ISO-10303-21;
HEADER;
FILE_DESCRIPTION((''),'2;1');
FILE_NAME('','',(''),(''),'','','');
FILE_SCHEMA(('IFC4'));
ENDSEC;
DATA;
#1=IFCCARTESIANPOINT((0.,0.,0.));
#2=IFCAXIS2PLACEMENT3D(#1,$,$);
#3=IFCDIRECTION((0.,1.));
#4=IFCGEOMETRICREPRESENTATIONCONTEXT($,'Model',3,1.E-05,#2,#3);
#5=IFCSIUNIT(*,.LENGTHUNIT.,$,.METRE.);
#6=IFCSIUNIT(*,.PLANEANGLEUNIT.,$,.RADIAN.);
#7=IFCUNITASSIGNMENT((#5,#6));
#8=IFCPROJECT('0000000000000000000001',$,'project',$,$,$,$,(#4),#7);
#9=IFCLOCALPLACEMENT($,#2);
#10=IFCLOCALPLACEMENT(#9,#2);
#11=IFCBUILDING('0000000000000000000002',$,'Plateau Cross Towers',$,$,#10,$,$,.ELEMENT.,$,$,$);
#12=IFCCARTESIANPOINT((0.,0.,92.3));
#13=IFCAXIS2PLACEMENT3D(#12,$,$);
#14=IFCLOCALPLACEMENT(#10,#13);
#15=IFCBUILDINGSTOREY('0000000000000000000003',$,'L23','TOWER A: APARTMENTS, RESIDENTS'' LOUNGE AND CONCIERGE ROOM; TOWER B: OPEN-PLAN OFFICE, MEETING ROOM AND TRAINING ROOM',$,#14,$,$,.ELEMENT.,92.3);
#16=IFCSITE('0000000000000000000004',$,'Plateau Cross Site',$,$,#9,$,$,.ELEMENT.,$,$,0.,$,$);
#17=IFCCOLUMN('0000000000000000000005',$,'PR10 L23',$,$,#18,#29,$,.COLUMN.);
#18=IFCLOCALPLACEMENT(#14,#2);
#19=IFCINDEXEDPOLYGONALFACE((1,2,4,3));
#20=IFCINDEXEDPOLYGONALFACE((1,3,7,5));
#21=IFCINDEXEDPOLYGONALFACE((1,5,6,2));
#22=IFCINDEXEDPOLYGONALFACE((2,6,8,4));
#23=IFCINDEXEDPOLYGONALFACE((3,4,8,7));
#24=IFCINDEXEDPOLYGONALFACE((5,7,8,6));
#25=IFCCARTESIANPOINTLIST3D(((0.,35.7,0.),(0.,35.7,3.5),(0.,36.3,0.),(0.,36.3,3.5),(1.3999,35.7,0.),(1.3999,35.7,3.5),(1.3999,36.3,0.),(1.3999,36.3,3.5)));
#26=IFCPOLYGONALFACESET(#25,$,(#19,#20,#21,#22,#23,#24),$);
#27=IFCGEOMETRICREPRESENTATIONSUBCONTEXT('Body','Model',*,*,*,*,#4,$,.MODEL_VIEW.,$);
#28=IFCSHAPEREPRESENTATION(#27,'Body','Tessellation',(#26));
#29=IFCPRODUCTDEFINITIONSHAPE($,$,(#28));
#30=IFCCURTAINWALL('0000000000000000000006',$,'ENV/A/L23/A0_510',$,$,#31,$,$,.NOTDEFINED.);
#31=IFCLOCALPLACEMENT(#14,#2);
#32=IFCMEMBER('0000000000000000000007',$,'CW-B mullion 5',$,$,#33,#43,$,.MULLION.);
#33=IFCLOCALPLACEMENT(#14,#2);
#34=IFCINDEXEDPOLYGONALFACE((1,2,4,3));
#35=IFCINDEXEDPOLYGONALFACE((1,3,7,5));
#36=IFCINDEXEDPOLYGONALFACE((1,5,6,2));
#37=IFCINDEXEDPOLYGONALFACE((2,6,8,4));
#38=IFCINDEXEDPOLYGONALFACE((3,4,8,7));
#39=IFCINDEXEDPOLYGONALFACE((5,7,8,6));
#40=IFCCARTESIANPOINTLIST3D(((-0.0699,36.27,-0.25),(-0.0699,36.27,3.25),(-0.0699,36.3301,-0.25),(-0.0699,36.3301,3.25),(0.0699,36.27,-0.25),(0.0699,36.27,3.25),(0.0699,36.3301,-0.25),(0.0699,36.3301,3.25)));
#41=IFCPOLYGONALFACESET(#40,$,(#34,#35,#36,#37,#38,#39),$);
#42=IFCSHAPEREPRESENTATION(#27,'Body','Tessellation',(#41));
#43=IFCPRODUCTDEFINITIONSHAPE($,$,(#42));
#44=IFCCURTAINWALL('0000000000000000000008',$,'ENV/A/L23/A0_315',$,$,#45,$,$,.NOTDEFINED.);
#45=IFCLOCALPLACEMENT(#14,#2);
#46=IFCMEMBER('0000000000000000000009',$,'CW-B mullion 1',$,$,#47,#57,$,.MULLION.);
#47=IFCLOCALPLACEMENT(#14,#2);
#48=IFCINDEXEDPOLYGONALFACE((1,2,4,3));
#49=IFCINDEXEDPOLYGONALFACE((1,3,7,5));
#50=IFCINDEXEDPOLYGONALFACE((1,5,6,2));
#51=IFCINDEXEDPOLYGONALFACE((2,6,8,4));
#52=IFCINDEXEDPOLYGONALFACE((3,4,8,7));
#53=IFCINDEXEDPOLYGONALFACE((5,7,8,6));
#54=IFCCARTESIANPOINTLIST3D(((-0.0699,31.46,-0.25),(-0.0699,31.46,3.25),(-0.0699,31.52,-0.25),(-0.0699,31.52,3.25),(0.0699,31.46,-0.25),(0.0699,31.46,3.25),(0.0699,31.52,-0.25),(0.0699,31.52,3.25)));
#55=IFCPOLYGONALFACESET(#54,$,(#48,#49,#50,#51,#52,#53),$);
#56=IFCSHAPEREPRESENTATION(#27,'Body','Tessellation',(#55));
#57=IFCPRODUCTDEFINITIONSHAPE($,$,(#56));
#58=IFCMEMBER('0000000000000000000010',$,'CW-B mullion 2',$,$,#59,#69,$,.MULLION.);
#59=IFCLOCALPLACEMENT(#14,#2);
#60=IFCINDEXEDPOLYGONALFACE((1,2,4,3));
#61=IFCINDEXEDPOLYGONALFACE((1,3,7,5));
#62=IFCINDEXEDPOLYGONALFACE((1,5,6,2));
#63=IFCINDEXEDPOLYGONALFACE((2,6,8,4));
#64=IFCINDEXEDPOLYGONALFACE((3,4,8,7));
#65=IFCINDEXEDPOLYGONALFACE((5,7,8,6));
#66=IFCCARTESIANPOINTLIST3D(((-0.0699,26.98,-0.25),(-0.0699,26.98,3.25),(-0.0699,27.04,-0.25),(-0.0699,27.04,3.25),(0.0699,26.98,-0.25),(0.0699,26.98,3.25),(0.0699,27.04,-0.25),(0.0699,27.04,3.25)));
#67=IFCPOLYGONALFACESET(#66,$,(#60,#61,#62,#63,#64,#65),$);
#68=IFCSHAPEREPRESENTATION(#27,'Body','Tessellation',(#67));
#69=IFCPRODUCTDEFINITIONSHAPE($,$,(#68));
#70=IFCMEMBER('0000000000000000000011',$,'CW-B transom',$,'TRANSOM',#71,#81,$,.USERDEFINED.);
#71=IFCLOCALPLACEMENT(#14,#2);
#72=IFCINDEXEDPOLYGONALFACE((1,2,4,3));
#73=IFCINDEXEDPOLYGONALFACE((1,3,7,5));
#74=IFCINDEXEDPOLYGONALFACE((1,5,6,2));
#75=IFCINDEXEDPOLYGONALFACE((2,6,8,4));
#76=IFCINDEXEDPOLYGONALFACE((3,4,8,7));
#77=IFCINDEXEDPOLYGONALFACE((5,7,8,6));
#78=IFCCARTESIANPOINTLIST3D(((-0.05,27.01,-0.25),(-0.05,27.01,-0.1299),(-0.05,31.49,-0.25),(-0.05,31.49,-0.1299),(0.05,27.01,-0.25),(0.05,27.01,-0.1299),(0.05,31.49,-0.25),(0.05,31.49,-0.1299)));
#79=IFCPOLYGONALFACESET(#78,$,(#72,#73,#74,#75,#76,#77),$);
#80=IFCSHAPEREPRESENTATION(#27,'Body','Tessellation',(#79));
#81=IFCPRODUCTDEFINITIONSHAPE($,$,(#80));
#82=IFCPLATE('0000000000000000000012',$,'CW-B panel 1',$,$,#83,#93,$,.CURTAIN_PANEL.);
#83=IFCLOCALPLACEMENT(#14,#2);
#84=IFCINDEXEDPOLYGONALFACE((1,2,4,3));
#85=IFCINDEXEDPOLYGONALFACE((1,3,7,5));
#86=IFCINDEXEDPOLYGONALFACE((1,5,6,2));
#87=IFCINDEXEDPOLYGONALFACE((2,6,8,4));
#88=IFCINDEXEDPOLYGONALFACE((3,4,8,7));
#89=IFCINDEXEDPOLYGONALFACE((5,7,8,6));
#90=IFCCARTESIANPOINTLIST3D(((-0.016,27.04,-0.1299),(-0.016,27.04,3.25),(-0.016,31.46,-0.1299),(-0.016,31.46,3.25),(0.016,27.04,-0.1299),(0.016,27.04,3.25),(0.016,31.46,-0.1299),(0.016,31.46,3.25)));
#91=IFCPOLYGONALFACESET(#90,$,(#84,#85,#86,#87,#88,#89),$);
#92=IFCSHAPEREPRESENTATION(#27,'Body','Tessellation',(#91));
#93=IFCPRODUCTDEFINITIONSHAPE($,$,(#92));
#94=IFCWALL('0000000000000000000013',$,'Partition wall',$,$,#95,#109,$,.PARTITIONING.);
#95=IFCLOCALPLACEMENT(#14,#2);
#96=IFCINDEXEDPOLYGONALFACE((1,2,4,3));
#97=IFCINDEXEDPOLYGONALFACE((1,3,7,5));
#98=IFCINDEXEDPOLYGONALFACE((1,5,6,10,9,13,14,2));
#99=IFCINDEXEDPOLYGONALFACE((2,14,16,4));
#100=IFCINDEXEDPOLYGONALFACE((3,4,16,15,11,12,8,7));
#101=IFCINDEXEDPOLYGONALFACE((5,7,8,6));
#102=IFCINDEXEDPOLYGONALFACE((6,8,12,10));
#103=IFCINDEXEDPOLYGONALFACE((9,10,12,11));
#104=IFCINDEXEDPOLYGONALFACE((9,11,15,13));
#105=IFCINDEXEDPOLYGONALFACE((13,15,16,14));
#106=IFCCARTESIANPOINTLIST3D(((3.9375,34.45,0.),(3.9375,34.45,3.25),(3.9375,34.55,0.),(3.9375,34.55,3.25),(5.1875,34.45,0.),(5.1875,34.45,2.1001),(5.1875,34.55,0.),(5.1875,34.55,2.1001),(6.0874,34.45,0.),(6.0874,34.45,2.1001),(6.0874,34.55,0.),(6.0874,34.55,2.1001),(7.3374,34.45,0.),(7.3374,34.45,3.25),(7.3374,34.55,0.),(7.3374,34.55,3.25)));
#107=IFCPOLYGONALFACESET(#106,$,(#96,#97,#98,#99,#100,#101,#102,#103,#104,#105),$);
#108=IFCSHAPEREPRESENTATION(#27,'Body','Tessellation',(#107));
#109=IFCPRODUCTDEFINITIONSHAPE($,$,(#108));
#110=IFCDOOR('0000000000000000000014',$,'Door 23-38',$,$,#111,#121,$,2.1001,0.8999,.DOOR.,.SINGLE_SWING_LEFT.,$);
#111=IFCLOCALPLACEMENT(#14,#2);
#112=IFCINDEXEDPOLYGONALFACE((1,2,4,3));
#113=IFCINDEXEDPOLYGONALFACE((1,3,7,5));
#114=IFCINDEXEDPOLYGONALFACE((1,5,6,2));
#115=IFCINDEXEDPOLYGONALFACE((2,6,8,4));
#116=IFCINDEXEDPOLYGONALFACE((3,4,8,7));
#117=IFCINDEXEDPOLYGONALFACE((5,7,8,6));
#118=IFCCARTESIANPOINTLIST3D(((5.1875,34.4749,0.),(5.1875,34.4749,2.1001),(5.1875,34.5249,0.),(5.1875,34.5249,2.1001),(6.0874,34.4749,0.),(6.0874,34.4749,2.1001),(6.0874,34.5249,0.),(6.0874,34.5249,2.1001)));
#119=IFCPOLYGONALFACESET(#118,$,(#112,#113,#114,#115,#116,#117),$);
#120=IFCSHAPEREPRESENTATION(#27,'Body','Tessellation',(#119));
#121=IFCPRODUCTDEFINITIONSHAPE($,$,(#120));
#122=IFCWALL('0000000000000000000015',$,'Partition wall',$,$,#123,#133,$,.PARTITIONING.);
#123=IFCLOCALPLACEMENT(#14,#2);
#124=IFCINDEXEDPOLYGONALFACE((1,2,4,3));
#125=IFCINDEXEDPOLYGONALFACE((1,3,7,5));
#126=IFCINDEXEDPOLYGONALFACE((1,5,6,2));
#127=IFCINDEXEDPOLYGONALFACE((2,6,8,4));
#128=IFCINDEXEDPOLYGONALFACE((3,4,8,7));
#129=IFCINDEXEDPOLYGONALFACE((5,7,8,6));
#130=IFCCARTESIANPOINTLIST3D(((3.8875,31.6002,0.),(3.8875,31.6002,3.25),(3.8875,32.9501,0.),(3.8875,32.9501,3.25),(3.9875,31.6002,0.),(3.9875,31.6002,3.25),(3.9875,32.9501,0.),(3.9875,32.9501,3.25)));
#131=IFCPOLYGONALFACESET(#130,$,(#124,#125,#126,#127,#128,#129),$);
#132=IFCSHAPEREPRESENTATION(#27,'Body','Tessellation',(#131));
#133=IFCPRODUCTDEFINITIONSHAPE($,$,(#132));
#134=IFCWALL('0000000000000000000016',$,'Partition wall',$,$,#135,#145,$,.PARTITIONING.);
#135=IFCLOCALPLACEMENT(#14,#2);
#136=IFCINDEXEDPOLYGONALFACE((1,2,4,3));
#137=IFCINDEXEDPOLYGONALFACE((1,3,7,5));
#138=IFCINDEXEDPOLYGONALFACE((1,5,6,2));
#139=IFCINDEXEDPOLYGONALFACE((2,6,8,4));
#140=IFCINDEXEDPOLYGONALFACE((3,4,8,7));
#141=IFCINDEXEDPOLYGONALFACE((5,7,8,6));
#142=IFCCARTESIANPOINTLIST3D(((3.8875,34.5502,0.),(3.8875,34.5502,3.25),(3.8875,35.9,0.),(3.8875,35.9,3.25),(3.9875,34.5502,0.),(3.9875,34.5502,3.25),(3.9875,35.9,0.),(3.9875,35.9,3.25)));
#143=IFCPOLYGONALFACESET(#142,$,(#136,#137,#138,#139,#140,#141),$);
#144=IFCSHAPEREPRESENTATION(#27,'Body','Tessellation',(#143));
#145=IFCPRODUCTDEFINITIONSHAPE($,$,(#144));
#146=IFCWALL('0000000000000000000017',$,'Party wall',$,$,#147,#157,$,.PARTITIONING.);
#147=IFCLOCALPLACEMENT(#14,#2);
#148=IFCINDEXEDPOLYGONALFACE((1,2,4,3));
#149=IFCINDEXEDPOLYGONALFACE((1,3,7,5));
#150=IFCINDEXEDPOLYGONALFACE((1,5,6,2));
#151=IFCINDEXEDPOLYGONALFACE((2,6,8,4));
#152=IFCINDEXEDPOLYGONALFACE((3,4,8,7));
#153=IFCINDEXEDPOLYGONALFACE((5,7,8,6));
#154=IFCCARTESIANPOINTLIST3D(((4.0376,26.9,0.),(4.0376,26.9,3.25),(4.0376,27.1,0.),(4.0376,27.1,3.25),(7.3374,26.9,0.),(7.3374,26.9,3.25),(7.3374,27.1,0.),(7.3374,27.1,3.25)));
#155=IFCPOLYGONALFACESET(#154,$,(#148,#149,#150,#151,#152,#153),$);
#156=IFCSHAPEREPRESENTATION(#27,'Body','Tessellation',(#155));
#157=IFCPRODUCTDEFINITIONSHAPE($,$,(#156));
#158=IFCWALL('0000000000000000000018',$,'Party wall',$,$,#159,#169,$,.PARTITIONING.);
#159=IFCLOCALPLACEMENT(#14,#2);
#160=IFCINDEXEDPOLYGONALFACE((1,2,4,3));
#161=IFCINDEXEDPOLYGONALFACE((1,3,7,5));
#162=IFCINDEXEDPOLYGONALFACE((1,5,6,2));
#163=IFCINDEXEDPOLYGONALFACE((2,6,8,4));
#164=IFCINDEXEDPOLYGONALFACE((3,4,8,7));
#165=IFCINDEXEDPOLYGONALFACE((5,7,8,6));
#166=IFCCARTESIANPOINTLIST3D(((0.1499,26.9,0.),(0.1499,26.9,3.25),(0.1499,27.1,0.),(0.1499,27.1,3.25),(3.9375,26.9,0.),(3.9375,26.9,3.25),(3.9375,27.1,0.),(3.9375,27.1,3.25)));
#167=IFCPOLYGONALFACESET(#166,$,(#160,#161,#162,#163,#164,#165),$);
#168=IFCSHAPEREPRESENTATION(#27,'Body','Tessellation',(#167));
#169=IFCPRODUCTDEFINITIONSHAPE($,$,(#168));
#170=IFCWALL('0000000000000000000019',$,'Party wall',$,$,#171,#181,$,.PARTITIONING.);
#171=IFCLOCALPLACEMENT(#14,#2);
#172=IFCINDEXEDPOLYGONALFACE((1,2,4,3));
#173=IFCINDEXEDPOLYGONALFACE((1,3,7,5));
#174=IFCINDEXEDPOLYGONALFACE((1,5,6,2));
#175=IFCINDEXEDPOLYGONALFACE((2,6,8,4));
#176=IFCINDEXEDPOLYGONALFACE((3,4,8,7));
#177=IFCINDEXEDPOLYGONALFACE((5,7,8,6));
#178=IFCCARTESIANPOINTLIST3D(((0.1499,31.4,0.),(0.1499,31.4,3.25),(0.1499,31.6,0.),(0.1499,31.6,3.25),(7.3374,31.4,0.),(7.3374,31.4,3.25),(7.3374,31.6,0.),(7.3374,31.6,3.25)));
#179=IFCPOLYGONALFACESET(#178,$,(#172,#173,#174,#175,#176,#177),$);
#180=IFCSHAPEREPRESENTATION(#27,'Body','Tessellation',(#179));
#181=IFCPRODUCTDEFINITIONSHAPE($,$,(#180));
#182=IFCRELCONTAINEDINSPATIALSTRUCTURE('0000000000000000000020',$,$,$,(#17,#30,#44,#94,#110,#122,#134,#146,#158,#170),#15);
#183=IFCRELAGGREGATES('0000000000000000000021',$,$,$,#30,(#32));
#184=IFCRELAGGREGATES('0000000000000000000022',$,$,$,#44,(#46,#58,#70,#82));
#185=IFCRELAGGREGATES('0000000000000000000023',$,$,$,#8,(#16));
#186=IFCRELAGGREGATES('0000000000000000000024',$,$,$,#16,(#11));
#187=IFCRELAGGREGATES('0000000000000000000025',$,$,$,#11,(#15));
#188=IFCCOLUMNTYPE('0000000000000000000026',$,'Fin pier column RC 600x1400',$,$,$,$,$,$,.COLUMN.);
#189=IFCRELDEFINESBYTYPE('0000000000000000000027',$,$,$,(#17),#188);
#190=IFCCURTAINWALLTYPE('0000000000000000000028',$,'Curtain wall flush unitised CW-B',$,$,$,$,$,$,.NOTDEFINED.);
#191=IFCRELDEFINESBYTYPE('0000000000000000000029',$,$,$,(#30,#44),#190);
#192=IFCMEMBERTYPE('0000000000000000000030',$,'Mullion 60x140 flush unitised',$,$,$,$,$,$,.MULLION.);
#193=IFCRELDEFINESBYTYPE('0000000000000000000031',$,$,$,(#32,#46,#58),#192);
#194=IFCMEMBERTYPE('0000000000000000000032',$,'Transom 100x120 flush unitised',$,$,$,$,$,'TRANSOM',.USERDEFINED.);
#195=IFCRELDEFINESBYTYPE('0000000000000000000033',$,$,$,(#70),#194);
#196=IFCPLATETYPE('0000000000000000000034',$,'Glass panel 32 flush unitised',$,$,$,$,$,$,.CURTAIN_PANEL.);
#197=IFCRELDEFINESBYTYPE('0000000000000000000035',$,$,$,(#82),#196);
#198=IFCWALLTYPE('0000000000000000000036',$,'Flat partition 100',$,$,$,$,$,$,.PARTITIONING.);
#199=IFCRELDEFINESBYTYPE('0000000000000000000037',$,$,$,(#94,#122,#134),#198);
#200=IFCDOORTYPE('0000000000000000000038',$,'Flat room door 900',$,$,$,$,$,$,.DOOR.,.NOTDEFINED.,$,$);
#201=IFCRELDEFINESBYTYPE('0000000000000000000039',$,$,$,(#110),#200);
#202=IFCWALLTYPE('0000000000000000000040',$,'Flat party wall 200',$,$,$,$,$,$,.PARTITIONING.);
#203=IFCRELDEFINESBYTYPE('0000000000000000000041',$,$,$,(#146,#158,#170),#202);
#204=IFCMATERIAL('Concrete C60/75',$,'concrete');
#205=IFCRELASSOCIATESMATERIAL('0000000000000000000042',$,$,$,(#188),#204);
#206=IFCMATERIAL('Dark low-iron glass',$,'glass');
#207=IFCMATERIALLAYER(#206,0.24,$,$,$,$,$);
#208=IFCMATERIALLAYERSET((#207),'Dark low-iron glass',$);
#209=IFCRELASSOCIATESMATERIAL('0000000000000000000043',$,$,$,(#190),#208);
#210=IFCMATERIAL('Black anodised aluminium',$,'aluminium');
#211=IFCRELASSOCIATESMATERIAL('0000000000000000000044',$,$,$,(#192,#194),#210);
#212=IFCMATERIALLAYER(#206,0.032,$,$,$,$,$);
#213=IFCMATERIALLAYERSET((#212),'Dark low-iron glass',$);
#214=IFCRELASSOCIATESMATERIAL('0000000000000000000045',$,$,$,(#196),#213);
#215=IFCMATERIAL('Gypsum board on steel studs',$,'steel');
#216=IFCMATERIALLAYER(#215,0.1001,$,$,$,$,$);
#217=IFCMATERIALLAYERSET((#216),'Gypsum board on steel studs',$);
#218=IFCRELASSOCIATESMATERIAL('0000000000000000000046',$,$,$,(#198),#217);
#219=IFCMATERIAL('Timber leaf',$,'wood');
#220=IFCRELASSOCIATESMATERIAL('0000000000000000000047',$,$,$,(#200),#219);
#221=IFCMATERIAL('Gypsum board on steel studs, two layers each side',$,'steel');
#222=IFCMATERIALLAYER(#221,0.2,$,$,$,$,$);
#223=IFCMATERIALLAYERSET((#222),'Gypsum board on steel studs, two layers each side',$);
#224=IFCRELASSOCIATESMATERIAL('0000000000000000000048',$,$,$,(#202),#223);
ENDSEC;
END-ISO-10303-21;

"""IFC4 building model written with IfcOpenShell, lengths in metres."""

from ifc_helpers import new_model, si_unit, direction, frame, frame_2d, origin, origin_2d, place, context, subcontext, project, spatial, rectangle, extrude, material, layer, layer_set, material_profile, profile_set, type_object, element, fill, aggregate, save


model = new_model("IFC4")

# Units and contexts
model_context = context("Model", 3, precision=1e-05, world=origin(), true_north=direction((0.0, 1.0)))
body_context = subcontext(model_context, "Body", "Model", "MODEL_VIEW")
ifc_project = project(units=[si_unit("LENGTHUNIT", "METRE"), si_unit("PLANEANGLEUNIT", "RADIAN")], contexts=[model_context])

# Site, building, storey
site_placement = place(None, origin())
site = spatial("IfcSite", under=ifc_project, at=site_placement, Name="Plateau Cross Site", CompositionType="ELEMENT", RefElevation=0.0)
building_placement = place(site_placement, origin())
building = spatial("IfcBuilding", under=site, at=building_placement, Name="Plateau Cross Towers", CompositionType="ELEMENT")
storey_placement = place(building_placement, frame((0.0, 0.0, 92.3)))
storey = spatial("IfcBuildingStorey", under=building, at=storey_placement, Name="L23", Description="TOWER A: APARTMENTS, RESIDENTS' LOUNGE AND CONCIERGE ROOM; TOWER B: OPEN-PLAN OFFICE, MEETING ROOM AND TRAINING ROOM", CompositionType="ELEMENT", Elevation=92.3)

# Column
ifc_material_1 = material(Name="Concrete C60/75", Category="concrete")
ifc_material_profile_1 = material_profile(ifc_material_1, rectangle(XDim=0.6001, YDim=1.3999, at=origin_2d()), Name="RC 600x1400")
ifc_profile_set_1 = profile_set([ifc_material_profile_1], Name="Concrete C60/75")
column_type = type_object("IfcColumnType", Name="Fin pier column RC 600x1400", PredefinedType="COLUMN", material=ifc_profile_set_1)
column_placement = place(storey_placement, frame((0.7, 36.0, 0.0), z_axis=(0.0, 0.0, 1.0), x_axis=(0.0, 1.0, 0.0)))
element("IfcColumn", 1, at=column_placement, inside=storey, type_object=column_type, Name="PR10 L23", PredefinedType="COLUMN", context=body_context, shape_type="SweptSolid", body=[
    extrude(rectangle(XDim=0.6001, YDim=1.3999, at=origin_2d()), origin(), (0.0, 0.0, 1.0), 3.5),
])

# Curtain wall, member
ifc_material_2 = material(Name="Dark low-iron glass", Category="glass")
ifc_layer_1 = layer(ifc_material_2, 0.24)
ifc_layer_set_1 = layer_set([ifc_layer_1], Name="Dark low-iron glass")
curtain_wall_type = type_object("IfcCurtainWallType", Name="Curtain wall flush unitised CW-B", PredefinedType="NOTDEFINED", material=ifc_layer_set_1)
curtain_wall_1_placement = place(storey_placement, origin())
curtain_wall_1 = element("IfcCurtainWall", 2, at=curtain_wall_1_placement, inside=storey, type_object=curtain_wall_type, Name="ENV/A/L23/A0_510", PredefinedType="NOTDEFINED")
ifc_material_3 = material(Name="Black anodised aluminium", Category="aluminium")
ifc_material_profile_2 = material_profile(ifc_material_3, rectangle(XDim=0.0601, YDim=0.1399, at=origin_2d()), Name="MULLION 60x140")
ifc_profile_set_2 = profile_set([ifc_material_profile_2], Name="Black anodised aluminium")
member_type_1 = type_object("IfcMemberType", Name="Mullion 60x140 flush unitised", PredefinedType="MULLION", material=ifc_profile_set_2)
member_1_placement = place(storey_placement, frame((0.0, 36.3, -0.25), z_axis=(0.0, 0.0, 1.0), x_axis=(0.0, -1.0, 0.0)))
member_1 = element("IfcMember", 3, at=member_1_placement, type_object=member_type_1, Name="CW-B mullion 5", PredefinedType="MULLION", context=body_context, shape_type="SweptSolid", body=[
    extrude(rectangle(XDim=0.0601, YDim=0.1399, at=origin_2d()), origin(), (0.0, 0.0, 1.0), 3.5),
])
aggregate(curtain_wall_1, [member_1])

# Curtain wall, members, plate
curtain_wall_2_placement = place(storey_placement, origin())
curtain_wall_2 = element("IfcCurtainWall", 4, at=curtain_wall_2_placement, inside=storey, type_object=curtain_wall_type, Name="ENV/A/L23/A0_315", PredefinedType="NOTDEFINED")
member_2_placement = place(storey_placement, frame((0.0, 31.49, -0.25), z_axis=(0.0, 0.0, 1.0), x_axis=(0.0, -1.0, 0.0)))
member_2 = element("IfcMember", 5, at=member_2_placement, type_object=member_type_1, Name="CW-B mullion 1", PredefinedType="MULLION", context=body_context, shape_type="SweptSolid", body=[
    extrude(rectangle(XDim=0.0601, YDim=0.1399, at=origin_2d()), origin(), (0.0, 0.0, 1.0), 3.5),
])
member_3_placement = place(storey_placement, frame((0.0, 27.01, -0.25), z_axis=(0.0, 0.0, 1.0), x_axis=(0.0, -1.0, 0.0)))
member_3 = element("IfcMember", 6, at=member_3_placement, type_object=member_type_1, Name="CW-B mullion 2", PredefinedType="MULLION", context=body_context, shape_type="SweptSolid", body=[
    extrude(rectangle(XDim=0.0601, YDim=0.1399, at=origin_2d()), origin(), (0.0, 0.0, 1.0), 3.5),
])
ifc_material_profile_3 = material_profile(ifc_material_3, rectangle(XDim=0.1001, YDim=0.1201, at=origin_2d()), Name="TRANSOM 100x120")
ifc_profile_set_3 = profile_set([ifc_material_profile_3], Name="Black anodised aluminium")
member_type_2 = type_object("IfcMemberType", Name="Transom 100x120 flush unitised", ElementType="TRANSOM", PredefinedType="USERDEFINED", material=ifc_profile_set_3)
member_4_placement = place(storey_placement, frame((0.0, 31.49, -0.1899), z_axis=(0.0, -1.0, 0.0), x_axis=(1.0, 0.0, 0.0)))
member_4 = element("IfcMember", 7, at=member_4_placement, type_object=member_type_2, Name="CW-B transom", ObjectType="TRANSOM", PredefinedType="USERDEFINED", context=body_context, shape_type="SweptSolid", body=[
    extrude(rectangle(XDim=0.1001, YDim=0.1201, at=origin_2d()), origin(), (0.0, 0.0, 1.0), 4.48),
])
ifc_layer_2 = layer(ifc_material_2, 0.032)
ifc_layer_set_2 = layer_set([ifc_layer_2], Name="Dark low-iron glass")
plate_type = type_object("IfcPlateType", Name="Glass panel 32 flush unitised", PredefinedType="CURTAIN_PANEL", material=ifc_layer_set_2)
plate_placement = place(storey_placement, frame((0.0, 29.25, -0.1299), z_axis=(0.0, 0.0, 1.0), x_axis=(0.0, -1.0, 0.0)))
plate = element("IfcPlate", 8, at=plate_placement, type_object=plate_type, Name="CW-B panel 1", PredefinedType="CURTAIN_PANEL", context=body_context, shape_type="SweptSolid", body=[
    extrude(rectangle(XDim=4.4199, YDim=0.032, at=origin_2d()), origin(), (0.0, 0.0, 1.0), 3.3799),
])
aggregate(curtain_wall_2, [member_2, member_3, member_4, plate])

# Wall, opening, door
ifc_material_4 = material(Name="Gypsum board on steel studs", Category="steel")
ifc_layer_3 = layer(ifc_material_4, 0.1001)
ifc_layer_set_3 = layer_set([ifc_layer_3], Name="Gypsum board on steel studs")
wall_type_1 = type_object("IfcWallType", Name="Flat partition 100", PredefinedType="PARTITIONING", material=ifc_layer_set_3)
wall_1_placement = place(storey_placement, frame((3.9375, 34.5, 0.0), z_axis=(0.0, 0.0, 1.0), x_axis=(1.0, 0.0, 0.0)))
wall_1 = element("IfcWall", 9, at=wall_1_placement, inside=storey, type_object=wall_type_1, Name="Partition wall", PredefinedType="PARTITIONING", context=body_context, shape_type="SweptSolid", body=[
    extrude(rectangle(XDim=3.3999, YDim=0.1001, at=frame_2d((1.7, 0.0))), origin(), (0.0, 0.0, 1.0), 3.25),
])
opening_1_placement = place(wall_1_placement, frame((1.25, 0.0, 0.0)))
opening_1 = element("IfcOpeningElement", 10, at=opening_1_placement, cuts=wall_1, PredefinedType="OPENING", context=body_context, shape_type="SweptSolid", body=[
    extrude(rectangle(XDim=0.8999, YDim=2.1001, at=frame_2d((0.45, 1.05))), frame((0.0, 0.0601, 0.0), z_axis=(0.0, -1.0, 0.0), x_axis=(1.0, 0.0, 0.0)), (0.0, 0.0, 1.0), 0.1201),
])
ifc_material_5 = material(Name="Timber leaf", Category="wood")
door_type_1 = type_object("IfcDoorType", Name="Flat room door 900", OperationType="NOTDEFINED", PredefinedType="DOOR", material=ifc_material_5)
door_1_placement = place(opening_1_placement, origin())
door_1 = element("IfcDoor", 11, at=door_1_placement, inside=storey, type_object=door_type_1, Name="Door 23-38", OperationType="SINGLE_SWING_LEFT", OverallHeight=2.1001, OverallWidth=0.8999, PredefinedType="DOOR", context=body_context, shape_type="SweptSolid", body=[
    extrude(rectangle(XDim=0.8999, YDim=2.1001, at=frame_2d((0.45, 1.05))), frame((0.0, 0.0249, 0.0), z_axis=(0.0, -1.0, 0.0), x_axis=(1.0, 0.0, 0.0)), (0.0, 0.0, 1.0), 0.05),
])
fill(opening_1, door_1)

# Walls
for number, where, z_axis, x_axis, name in (
    (12, (3.9375, 32.95, 0.0), (0.0, 0.0, 1.0), (0.0, -1.0, 0.0), "Partition wall"),
    (13, (3.9375, 35.8999, 0.0), (0.0, 0.0, 1.0), (0.0, -1.0, 0.0), "Partition wall"),
):
    element("IfcWall", number, at=place(storey_placement, frame(where, z_axis=z_axis, x_axis=x_axis)), inside=storey, type_object=wall_type_1, Name=name, PredefinedType="PARTITIONING", context=body_context, shape_type="SweptSolid", body=[
        extrude(rectangle(XDim=1.3499, YDim=0.1001, at=frame_2d((0.6748, 0.0))), origin(), (0.0, 0.0, 1.0), 3.25),
    ])
ifc_material_6 = material(Name="Gypsum board on steel studs, two layers each side", Category="steel")
ifc_layer_4 = layer(ifc_material_6, 0.2)
ifc_layer_set_4 = layer_set([ifc_layer_4], Name="Gypsum board on steel studs, two layers each side")
wall_type_2 = type_object("IfcWallType", Name="Flat party wall 200", PredefinedType="PARTITIONING", material=ifc_layer_set_4)
wall_2_placement = place(storey_placement, frame((7.3374, 27.0, 0.0), z_axis=(0.0, 0.0, 1.0), x_axis=(-1.0, 0.0, 0.0)))
element("IfcWall", 14, at=wall_2_placement, inside=storey, type_object=wall_type_2, Name="Party wall", PredefinedType="PARTITIONING", context=body_context, shape_type="SweptSolid", body=[
    extrude(rectangle(XDim=3.2998, YDim=0.2, at=frame_2d((1.6499, 0.0))), origin(), (0.0, 0.0, 1.0), 3.25),
])
wall_3_placement = place(storey_placement, frame((0.1499, 27.0, 0.0), z_axis=(0.0, 0.0, 1.0), x_axis=(1.0, 0.0, 0.0)))
element("IfcWall", 15, at=wall_3_placement, inside=storey, type_object=wall_type_2, Name="Party wall", PredefinedType="PARTITIONING", context=body_context, shape_type="SweptSolid", body=[
    extrude(rectangle(XDim=3.7876, YDim=0.2, at=frame_2d((1.8938, 0.0))), origin(), (0.0, 0.0, 1.0), 3.25),
])
wall_4_placement = place(storey_placement, frame((7.3374, 31.5, 0.0), z_axis=(0.0, 0.0, 1.0), x_axis=(-1.0, 0.0, 0.0)))
element("IfcWall", 16, at=wall_4_placement, inside=storey, type_object=wall_type_2, Name="Party wall", PredefinedType="PARTITIONING", context=body_context, shape_type="SweptSolid", body=[
    extrude(rectangle(XDim=7.1875, YDim=0.2, at=frame_2d((3.5938, 0.0))), origin(), (0.0, 0.0, 1.0), 3.25),
])

save(model, "model.ifc")
